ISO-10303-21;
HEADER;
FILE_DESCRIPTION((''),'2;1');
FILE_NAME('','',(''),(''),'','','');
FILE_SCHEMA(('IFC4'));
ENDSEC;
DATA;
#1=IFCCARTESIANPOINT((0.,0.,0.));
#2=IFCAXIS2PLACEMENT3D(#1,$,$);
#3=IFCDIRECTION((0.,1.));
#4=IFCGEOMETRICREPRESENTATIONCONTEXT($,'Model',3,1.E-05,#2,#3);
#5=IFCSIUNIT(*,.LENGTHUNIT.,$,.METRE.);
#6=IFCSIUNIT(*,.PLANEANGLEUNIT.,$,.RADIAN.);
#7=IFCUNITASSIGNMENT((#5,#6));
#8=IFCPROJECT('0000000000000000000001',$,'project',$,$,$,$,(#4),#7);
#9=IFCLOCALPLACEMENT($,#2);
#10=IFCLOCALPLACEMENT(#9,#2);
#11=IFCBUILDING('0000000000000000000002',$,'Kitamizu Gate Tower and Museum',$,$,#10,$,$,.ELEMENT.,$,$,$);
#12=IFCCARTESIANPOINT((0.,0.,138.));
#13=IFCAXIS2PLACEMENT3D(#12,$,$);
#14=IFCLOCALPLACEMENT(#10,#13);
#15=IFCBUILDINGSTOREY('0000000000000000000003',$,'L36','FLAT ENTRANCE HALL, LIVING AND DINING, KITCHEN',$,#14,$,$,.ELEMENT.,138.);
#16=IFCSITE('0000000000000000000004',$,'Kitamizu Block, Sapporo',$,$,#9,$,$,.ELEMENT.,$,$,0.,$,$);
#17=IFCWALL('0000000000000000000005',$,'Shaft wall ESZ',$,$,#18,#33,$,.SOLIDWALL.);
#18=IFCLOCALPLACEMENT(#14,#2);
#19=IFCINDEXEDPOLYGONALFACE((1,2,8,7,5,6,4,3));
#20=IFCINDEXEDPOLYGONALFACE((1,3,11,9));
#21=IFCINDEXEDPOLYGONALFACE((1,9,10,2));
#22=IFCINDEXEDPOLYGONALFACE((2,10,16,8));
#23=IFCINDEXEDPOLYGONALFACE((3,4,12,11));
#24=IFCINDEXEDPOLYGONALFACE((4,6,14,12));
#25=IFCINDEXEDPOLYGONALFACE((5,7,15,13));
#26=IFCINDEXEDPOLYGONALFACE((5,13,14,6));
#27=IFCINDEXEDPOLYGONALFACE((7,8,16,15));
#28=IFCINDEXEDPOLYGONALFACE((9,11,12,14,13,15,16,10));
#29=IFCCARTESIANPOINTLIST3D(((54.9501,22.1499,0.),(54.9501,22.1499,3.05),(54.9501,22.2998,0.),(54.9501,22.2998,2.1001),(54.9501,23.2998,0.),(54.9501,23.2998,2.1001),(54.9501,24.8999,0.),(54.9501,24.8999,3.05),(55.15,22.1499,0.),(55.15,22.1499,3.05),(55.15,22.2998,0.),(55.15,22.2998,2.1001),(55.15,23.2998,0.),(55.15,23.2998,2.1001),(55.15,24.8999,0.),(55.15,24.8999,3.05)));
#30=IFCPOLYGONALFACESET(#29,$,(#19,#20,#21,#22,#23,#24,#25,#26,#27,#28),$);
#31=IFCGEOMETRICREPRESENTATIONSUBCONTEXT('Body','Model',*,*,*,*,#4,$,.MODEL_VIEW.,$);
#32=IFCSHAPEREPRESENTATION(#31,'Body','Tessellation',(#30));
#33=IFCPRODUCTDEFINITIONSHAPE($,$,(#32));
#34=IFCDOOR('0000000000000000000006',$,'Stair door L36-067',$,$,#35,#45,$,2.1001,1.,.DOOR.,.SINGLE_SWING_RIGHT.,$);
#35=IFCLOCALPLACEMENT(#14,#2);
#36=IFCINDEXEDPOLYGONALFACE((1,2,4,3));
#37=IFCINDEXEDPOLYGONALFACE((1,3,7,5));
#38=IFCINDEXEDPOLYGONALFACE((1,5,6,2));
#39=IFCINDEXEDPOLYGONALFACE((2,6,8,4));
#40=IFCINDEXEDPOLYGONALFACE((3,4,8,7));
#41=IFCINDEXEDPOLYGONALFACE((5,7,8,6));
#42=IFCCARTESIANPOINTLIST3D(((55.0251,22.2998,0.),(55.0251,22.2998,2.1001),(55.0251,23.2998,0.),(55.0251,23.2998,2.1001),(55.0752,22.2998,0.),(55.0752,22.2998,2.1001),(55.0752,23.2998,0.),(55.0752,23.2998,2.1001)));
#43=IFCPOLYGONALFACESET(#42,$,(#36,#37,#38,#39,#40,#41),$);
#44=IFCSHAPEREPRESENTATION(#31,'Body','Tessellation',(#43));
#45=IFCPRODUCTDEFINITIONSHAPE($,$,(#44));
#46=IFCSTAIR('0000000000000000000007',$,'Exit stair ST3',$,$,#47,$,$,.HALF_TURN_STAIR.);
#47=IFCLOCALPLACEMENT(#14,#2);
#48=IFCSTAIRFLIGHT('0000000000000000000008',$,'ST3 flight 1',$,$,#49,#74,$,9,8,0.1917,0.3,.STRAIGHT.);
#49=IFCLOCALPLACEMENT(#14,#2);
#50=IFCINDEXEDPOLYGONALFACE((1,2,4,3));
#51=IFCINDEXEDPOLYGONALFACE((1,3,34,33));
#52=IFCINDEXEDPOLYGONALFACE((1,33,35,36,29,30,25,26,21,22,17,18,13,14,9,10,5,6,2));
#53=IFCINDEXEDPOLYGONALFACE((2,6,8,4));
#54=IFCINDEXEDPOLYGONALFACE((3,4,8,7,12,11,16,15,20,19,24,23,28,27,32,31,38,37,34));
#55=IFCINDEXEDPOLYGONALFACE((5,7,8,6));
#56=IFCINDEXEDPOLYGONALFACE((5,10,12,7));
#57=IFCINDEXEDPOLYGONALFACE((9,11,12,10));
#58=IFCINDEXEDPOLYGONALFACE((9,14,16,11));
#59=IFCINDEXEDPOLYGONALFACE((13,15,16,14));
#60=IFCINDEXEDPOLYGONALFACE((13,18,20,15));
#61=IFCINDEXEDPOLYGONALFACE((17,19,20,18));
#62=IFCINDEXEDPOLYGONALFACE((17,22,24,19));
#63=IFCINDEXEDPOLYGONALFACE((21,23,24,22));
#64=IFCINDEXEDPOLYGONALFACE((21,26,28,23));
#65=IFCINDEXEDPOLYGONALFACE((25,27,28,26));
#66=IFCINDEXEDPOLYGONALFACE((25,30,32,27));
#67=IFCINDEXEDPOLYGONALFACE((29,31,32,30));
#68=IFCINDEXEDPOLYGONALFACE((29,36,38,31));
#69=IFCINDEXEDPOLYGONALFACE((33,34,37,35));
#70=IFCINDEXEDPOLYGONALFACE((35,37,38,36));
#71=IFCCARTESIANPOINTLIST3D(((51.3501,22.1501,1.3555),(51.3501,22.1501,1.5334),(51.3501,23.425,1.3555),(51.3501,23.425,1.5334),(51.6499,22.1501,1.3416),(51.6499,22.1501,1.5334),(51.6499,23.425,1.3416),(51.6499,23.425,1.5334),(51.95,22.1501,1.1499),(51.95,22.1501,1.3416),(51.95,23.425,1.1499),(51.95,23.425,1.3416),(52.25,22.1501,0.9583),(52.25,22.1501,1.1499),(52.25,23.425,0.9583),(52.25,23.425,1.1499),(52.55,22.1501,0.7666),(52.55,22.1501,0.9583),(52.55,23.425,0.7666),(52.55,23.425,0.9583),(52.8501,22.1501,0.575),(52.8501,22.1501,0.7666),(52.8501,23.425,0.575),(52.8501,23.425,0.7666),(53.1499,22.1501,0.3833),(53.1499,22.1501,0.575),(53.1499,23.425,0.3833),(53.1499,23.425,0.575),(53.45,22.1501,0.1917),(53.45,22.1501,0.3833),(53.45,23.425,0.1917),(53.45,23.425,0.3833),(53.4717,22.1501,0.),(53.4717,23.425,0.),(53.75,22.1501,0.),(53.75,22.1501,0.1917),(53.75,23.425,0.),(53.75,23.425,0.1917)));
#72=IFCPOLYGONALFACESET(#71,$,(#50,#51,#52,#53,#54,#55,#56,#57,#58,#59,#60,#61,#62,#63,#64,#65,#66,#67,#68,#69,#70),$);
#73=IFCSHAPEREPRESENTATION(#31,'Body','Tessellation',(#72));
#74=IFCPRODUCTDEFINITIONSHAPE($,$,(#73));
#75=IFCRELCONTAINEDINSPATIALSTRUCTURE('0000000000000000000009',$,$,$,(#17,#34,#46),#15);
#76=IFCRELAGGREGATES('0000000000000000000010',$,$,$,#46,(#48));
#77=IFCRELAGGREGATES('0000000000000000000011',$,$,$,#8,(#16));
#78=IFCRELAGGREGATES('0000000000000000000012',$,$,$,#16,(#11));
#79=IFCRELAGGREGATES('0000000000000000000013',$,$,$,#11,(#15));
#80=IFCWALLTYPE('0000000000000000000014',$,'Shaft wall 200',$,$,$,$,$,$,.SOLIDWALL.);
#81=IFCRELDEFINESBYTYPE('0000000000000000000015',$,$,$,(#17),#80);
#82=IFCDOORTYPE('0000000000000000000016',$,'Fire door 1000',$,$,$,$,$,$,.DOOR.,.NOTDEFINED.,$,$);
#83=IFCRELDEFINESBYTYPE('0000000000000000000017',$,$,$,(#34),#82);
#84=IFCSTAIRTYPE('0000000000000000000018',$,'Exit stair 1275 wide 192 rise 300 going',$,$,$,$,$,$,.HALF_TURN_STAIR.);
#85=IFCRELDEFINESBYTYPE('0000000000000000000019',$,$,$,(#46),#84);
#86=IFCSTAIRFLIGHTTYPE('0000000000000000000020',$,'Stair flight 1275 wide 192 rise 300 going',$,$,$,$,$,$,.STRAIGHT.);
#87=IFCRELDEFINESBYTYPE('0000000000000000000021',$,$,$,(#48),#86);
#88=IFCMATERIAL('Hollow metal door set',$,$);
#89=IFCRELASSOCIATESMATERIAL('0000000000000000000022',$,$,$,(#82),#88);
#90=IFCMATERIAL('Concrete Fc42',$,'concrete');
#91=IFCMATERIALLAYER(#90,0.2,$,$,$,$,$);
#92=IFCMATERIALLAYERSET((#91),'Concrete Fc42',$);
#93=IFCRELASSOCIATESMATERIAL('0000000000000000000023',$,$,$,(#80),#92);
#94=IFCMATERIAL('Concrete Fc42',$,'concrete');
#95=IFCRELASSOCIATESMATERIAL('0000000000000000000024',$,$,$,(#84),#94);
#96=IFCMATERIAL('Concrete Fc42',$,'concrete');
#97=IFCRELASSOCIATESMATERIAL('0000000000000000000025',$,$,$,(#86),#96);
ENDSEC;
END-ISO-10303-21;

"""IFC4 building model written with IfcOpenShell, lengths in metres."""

from ifc_helpers import new_model, si_unit, direction, frame, frame_2d, origin, place, context, subcontext, project, spatial, polyline, rectangle, outline, extrude, material, layer, layer_set, type_object, element, fill, aggregate, save


model = new_model("IFC4")

# Units and contexts
model_context = context("Model", 3, precision=1e-05, world=origin(), true_north=direction((0.0, 1.0)))
body_context = subcontext(model_context, "Body", "Model", "MODEL_VIEW")
ifc_project = project(units=[si_unit("LENGTHUNIT", "METRE"), si_unit("PLANEANGLEUNIT", "RADIAN")], contexts=[model_context])

# Site, building, storey
site_placement = place(None, origin())
site = spatial("IfcSite", under=ifc_project, at=site_placement, Name="Kitamizu Block, Sapporo", CompositionType="ELEMENT", RefElevation=0.0)
building_placement = place(site_placement, origin())
building = spatial("IfcBuilding", under=site, at=building_placement, Name="Kitamizu Gate Tower and Museum", CompositionType="ELEMENT")
storey_placement = place(building_placement, frame((0.0, 0.0, 138.0)))
storey = spatial("IfcBuildingStorey", under=building, at=storey_placement, Name="L36", Description="FLAT ENTRANCE HALL, LIVING AND DINING, KITCHEN", CompositionType="ELEMENT", Elevation=138.0)

# Shared definitions
ifc_material_1 = material(Name="Hollow metal door set")
door_type_1 = type_object("IfcDoorType", Name="Fire door 1000", OperationType="NOTDEFINED", PredefinedType="DOOR", material=ifc_material_1)

# Shared definitions
ifc_material_2 = material(Name="Concrete Fc42", Category="concrete")
ifc_layer_1 = layer(ifc_material_2, 0.2)
ifc_layer_set_1 = layer_set([ifc_layer_1], Name="Concrete Fc42")
wall_type_1 = type_object("IfcWallType", Name="Shaft wall 200", PredefinedType="SOLIDWALL", material=ifc_layer_set_1)

# Wall, opening, door
wall_1_placement = place(storey_placement, frame((55.05, 22.1499, 0.0), z_axis=(0.0, 0.0, 1.0), x_axis=(0.0, 1.0, 0.0)))
wall_1 = element("IfcWall", 1, at=wall_1_placement, inside=storey, type_object=wall_type_1, Name="Shaft wall ESZ", PredefinedType="SOLIDWALL", context=body_context, shape_type="SweptSolid", body=[
    extrude(rectangle(XDim=2.75, YDim=0.2, at=frame_2d((1.375, 0.0))), origin(), (0.0, 0.0, 1.0), 3.05),
])
opening_1_placement = place(wall_1_placement, frame((0.1499, 0.0, 0.0)))
opening_1 = element("IfcOpeningElement", 2, at=opening_1_placement, cuts=wall_1, PredefinedType="OPENING", context=body_context, shape_type="SweptSolid", body=[
    extrude(rectangle(XDim=1.0, YDim=2.1001, at=frame_2d((0.5, 1.05))), frame((0.0, 0.1099, 0.0), z_axis=(0.0, -1.0, 0.0), x_axis=(1.0, 0.0, 0.0)), (0.0, 0.0, 1.0), 0.22),
])
door_1_placement = place(opening_1_placement, origin())
door_1 = element("IfcDoor", 3, at=door_1_placement, inside=storey, type_object=door_type_1, Name="Stair door L36-067", OperationType="SINGLE_SWING_RIGHT", OverallHeight=2.1001, OverallWidth=1.0, PredefinedType="DOOR", context=body_context, shape_type="SweptSolid", body=[
    extrude(rectangle(XDim=1.0, YDim=2.1001, at=frame_2d((0.5, 1.05))), frame((0.0, 0.0249, 0.0), z_axis=(0.0, -1.0, 0.0), x_axis=(1.0, 0.0, 0.0)), (0.0, 0.0, 1.0), 0.05),
])
fill(opening_1, door_1)

# Stair, stair flight
ifc_material_3 = material(Name="Concrete Fc42", Category="concrete")
stair_type = type_object("IfcStairType", Name="Exit stair 1275 wide 192 rise 300 going", PredefinedType="HALF_TURN_STAIR", material=ifc_material_3)
stair_placement = place(storey_placement, origin())
stair = element("IfcStair", 4, at=stair_placement, inside=storey, type_object=stair_type, Name="Exit stair ST3", PredefinedType="HALF_TURN_STAIR")
ifc_material_4 = material(Name="Concrete Fc42", Category="concrete")
stair_flight_type = type_object("IfcStairFlightType", Name="Stair flight 1275 wide 192 rise 300 going", PredefinedType="STRAIGHT", material=ifc_material_4)
stair_flight_placement = place(storey_placement, frame((53.75, 22.7876, 0.0), z_axis=(0.0, 0.0, 1.0), x_axis=(-1.0, 0.0, 0.0)))
stair_flight = element("IfcStairFlight", 5, at=stair_flight_placement, type_object=stair_flight_type, Name="ST3 flight 1", NumberOfRisers=9, NumberOfTreads=8, PredefinedType="STRAIGHT", RiserHeight=0.1917, TreadLength=0.3, context=body_context, shape_type="SweptSolid", body=[
    extrude(outline(polyline([(0.0, 0.0), (0.0, 0.1917), (0.3, 0.1917), (0.3, 0.3833), (0.6001, 0.3833), (0.6001, 0.575), (0.8999, 0.575), (0.8999, 0.7666), (1.2, 0.7666), (1.2, 0.9583), (1.5, 0.9583), (1.5, 1.1499), (1.8, 1.1499), (1.8, 1.3416), (2.1001, 1.3416), (2.1001, 1.5334), (2.3999, 1.5334), (2.3999, 1.7251), (2.3999, 1.3555), (0.2783, 0.0), (0.0, 0.0)])), frame((0.0, 0.6375, 0.0), z_axis=(0.0, -1.0, 0.0), x_axis=(1.0, 0.0, 0.0)), (0.0, 0.0, 1.0), 1.2749),
])
aggregate(stair, [stair_flight])

save(model, "model.ifc")
